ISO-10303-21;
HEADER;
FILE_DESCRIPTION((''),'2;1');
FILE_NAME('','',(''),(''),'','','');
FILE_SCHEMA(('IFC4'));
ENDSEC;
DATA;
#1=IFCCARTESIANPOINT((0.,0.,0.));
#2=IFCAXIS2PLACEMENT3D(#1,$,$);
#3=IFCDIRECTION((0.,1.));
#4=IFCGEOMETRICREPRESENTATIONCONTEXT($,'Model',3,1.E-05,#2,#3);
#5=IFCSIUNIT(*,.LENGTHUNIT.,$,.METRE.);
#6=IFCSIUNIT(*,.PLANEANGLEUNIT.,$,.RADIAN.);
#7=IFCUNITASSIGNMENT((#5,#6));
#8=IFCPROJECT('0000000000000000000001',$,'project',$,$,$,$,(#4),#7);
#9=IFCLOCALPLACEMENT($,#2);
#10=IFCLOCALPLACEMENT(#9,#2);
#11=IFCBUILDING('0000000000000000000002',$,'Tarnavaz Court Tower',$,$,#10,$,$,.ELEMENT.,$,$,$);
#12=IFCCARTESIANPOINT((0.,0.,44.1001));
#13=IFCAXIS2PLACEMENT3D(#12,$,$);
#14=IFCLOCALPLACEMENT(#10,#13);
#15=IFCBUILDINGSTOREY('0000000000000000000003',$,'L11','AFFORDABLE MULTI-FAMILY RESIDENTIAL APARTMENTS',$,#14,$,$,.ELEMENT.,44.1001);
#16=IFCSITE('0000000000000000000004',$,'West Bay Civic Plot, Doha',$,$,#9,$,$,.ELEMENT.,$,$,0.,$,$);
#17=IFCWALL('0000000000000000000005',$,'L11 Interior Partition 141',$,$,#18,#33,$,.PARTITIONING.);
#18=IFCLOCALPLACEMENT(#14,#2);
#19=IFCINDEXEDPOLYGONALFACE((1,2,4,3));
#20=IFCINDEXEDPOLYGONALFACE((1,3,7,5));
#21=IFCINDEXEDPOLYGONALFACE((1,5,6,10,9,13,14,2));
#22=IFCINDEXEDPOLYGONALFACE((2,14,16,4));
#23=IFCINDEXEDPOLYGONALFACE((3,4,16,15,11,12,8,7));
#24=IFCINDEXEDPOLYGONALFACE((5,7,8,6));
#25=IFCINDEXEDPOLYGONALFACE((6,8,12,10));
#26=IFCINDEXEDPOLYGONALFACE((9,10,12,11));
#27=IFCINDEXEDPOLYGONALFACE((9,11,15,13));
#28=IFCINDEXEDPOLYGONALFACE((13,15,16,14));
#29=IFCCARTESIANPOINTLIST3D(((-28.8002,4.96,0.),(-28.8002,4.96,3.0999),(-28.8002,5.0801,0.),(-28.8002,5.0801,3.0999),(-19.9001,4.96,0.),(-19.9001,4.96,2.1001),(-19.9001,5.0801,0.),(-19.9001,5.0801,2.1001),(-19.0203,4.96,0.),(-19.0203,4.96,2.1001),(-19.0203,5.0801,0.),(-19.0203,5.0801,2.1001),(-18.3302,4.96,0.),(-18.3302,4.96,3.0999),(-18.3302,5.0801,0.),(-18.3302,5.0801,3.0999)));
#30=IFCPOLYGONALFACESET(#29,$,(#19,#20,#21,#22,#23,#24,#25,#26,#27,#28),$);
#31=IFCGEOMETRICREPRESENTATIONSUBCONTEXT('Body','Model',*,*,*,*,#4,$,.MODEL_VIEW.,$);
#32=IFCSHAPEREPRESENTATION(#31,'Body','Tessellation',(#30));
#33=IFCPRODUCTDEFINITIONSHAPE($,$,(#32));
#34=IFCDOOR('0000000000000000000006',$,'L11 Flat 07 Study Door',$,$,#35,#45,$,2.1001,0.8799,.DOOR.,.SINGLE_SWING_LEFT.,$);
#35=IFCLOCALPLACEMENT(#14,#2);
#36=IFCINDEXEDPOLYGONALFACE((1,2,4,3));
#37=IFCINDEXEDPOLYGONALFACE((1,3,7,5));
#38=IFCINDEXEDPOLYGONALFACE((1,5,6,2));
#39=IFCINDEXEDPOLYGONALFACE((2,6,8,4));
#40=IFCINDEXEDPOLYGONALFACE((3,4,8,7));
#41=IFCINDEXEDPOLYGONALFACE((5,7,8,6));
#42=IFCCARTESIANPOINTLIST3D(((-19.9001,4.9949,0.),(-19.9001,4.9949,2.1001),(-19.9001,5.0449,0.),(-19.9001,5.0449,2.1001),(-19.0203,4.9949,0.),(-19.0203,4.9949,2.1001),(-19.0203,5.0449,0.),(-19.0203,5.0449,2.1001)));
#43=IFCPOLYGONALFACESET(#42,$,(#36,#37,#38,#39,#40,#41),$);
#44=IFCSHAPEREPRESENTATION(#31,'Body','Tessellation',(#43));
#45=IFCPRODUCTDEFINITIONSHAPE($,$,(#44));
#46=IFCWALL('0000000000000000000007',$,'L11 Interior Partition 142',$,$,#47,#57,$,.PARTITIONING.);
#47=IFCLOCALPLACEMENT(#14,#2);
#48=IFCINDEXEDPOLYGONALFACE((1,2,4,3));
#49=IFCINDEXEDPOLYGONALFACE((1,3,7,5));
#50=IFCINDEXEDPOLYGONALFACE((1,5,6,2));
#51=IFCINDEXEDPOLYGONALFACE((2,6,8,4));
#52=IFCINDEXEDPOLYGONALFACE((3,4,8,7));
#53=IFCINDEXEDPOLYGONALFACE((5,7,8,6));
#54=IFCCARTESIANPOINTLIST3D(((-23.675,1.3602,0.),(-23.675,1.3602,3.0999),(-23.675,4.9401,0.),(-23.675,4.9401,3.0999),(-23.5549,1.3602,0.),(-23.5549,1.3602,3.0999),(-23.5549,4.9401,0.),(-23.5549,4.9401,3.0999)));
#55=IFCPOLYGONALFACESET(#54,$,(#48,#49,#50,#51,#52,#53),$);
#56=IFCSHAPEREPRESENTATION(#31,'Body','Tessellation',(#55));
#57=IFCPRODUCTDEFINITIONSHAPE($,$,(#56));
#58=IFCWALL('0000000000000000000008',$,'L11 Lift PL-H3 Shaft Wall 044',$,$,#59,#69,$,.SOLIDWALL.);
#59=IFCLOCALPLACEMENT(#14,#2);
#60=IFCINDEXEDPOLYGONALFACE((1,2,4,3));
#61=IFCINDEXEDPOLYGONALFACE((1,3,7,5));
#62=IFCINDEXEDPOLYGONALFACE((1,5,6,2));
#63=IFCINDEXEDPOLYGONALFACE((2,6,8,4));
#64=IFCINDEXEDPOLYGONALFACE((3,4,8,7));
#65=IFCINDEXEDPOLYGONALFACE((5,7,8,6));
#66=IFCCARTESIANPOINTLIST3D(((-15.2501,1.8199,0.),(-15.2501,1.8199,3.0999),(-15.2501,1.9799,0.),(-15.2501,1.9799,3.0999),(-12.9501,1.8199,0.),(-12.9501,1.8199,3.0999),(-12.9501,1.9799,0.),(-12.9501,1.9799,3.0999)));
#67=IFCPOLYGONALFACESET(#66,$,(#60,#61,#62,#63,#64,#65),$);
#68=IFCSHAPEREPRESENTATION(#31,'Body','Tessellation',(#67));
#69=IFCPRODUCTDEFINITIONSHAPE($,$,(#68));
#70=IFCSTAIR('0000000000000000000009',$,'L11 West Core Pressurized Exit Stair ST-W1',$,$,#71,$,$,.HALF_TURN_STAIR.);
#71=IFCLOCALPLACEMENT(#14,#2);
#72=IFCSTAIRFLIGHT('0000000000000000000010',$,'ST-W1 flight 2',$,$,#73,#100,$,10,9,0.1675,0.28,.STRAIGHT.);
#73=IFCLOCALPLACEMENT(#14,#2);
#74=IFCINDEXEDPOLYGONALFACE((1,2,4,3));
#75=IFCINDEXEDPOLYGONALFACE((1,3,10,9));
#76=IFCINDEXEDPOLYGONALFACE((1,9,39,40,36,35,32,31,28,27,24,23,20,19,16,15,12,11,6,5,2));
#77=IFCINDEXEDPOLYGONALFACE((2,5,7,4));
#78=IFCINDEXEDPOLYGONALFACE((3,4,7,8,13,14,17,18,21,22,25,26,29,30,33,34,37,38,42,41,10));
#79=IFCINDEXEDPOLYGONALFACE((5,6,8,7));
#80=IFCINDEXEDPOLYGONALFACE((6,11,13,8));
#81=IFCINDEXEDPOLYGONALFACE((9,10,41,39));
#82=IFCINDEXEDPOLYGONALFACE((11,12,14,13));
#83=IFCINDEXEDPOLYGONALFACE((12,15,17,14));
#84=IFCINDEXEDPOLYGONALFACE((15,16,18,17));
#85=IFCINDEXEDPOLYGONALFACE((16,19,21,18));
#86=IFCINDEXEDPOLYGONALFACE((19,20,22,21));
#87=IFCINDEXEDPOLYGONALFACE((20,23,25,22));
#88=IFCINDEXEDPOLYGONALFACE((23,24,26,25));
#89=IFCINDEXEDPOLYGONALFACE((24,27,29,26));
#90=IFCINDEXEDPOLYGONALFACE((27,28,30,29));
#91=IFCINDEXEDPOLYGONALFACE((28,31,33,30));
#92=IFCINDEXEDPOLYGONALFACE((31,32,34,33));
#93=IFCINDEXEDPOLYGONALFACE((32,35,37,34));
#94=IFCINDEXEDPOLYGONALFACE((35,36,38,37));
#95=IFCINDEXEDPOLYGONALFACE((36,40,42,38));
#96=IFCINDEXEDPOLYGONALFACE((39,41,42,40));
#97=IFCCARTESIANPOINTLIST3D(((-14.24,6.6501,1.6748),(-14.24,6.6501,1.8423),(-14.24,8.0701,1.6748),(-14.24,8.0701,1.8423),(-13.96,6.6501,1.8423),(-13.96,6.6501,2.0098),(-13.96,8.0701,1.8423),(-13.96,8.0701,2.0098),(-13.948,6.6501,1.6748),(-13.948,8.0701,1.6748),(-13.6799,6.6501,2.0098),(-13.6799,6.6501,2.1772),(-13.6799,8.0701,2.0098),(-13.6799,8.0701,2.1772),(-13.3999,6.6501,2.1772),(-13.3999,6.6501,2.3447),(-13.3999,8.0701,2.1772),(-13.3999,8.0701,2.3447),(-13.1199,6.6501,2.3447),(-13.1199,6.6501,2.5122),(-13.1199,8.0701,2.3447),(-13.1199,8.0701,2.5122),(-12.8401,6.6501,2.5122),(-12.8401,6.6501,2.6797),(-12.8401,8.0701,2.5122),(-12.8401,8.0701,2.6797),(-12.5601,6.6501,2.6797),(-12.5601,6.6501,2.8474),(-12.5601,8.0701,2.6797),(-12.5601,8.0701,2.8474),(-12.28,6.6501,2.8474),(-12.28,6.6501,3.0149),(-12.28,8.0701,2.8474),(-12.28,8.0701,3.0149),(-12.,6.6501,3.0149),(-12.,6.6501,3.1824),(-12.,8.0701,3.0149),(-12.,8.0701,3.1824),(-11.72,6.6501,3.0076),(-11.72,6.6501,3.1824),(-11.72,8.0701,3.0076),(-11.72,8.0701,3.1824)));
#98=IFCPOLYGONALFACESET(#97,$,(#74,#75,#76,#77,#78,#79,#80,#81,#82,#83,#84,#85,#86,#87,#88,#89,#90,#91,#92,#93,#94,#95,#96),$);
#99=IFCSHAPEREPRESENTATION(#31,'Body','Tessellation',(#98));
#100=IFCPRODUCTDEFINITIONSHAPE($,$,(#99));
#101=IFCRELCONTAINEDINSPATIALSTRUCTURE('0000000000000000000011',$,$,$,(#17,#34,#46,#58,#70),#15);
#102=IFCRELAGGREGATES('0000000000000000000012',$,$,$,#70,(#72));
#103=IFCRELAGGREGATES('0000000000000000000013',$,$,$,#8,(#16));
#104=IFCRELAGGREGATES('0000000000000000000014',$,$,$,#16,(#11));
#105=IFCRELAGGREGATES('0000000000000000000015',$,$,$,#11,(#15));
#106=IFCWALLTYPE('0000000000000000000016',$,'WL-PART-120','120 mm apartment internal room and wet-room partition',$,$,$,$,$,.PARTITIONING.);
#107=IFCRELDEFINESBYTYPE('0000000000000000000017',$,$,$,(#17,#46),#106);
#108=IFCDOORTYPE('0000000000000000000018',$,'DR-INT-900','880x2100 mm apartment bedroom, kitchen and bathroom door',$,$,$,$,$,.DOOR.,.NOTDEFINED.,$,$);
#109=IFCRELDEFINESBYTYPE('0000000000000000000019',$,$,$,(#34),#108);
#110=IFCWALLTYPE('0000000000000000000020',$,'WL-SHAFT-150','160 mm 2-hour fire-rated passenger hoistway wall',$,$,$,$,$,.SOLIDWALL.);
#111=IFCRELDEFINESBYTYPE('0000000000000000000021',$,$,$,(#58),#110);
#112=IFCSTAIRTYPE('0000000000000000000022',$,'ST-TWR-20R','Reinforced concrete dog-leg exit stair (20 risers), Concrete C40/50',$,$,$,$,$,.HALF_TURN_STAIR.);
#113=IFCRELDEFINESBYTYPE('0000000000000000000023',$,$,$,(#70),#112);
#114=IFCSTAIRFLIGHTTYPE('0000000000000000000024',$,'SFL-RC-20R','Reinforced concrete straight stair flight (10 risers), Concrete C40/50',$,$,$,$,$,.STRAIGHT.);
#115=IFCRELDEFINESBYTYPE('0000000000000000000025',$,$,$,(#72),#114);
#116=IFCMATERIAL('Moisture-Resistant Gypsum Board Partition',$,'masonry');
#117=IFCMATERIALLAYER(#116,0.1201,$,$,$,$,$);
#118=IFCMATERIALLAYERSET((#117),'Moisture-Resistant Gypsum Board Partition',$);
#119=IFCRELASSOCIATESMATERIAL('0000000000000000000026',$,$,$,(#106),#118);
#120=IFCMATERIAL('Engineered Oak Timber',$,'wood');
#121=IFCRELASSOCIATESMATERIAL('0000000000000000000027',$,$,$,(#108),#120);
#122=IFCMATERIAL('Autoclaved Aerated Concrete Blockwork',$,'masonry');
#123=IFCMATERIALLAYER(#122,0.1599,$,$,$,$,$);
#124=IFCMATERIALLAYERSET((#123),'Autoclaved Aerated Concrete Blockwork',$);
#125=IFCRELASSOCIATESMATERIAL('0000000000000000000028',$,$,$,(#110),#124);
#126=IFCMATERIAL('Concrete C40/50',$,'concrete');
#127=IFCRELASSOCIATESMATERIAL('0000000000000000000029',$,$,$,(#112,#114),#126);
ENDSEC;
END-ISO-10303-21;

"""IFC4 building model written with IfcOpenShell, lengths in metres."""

from ifc_helpers import new_model, si_unit, direction, frame, frame_2d, origin, place, context, subcontext, project, spatial, polyline, rectangle, outline, extrude, material, layer, layer_set, type_object, element, fill, aggregate, save


model = new_model("IFC4")

# Units and contexts
model_context = context("Model", 3, precision=1e-05, world=origin(), true_north=direction((0.0, 1.0)))
body_context = subcontext(model_context, "Body", "Model", "MODEL_VIEW")
ifc_project = project(units=[si_unit("LENGTHUNIT", "METRE"), si_unit("PLANEANGLEUNIT", "RADIAN")], contexts=[model_context])

# Site, building, storey
site_placement = place(None, origin())
site = spatial("IfcSite", under=ifc_project, at=site_placement, Name="West Bay Civic Plot, Doha", CompositionType="ELEMENT", RefElevation=0.0)
building_placement = place(site_placement, origin())
building = spatial("IfcBuilding", under=site, at=building_placement, Name="Tarnavaz Court Tower", CompositionType="ELEMENT")
storey_placement = place(building_placement, frame((0.0, 0.0, 44.1001)))
storey = spatial("IfcBuildingStorey", under=building, at=storey_placement, Name="L11", Description="AFFORDABLE MULTI-FAMILY RESIDENTIAL APARTMENTS", CompositionType="ELEMENT", Elevation=44.1001)

# Shared definitions
ifc_material_1 = material(Name="Autoclaved Aerated Concrete Blockwork", Category="masonry")

# Shared definitions
ifc_material_2 = material(Name="Moisture-Resistant Gypsum Board Partition", Category="masonry")
ifc_layer_1 = layer(ifc_material_2, 0.1201)
ifc_layer_set_1 = layer_set([ifc_layer_1], Name="Moisture-Resistant Gypsum Board Partition")
wall_type_1 = type_object("IfcWallType", Name="WL-PART-120", Description="120 mm apartment internal room and wet-room partition", PredefinedType="PARTITIONING", material=ifc_layer_set_1)
ifc_material_3 = material(Name="Engineered Oak Timber", Category="wood")
door_type_1 = type_object("IfcDoorType", Name="DR-INT-900", Description="880x2100 mm apartment bedroom, kitchen and bathroom door", OperationType="NOTDEFINED", PredefinedType="DOOR", material=ifc_material_3)

# Wall, opening, door
wall_1_placement = place(storey_placement, frame((-28.8, 5.02, 0.0), z_axis=(0.0, 0.0, 1.0), x_axis=(1.0, 0.0, 0.0)))
wall_1 = element("IfcWall", 1, at=wall_1_placement, inside=storey, type_object=wall_type_1, Name="L11 Interior Partition 141", PredefinedType="PARTITIONING", context=body_context, shape_type="SweptSolid", body=[
    extrude(rectangle(XDim=10.47, YDim=0.1201, at=frame_2d((5.2349, 0.0))), origin(), (0.0, 0.0, 1.0), 3.0999),
])
opening_1_placement = place(wall_1_placement, frame((8.8999, 0.0, 0.0)))
opening_1 = element("IfcOpeningElement", 2, at=opening_1_placement, cuts=wall_1, PredefinedType="OPENING", context=body_context, shape_type="SweptSolid", body=[
    extrude(rectangle(XDim=0.8799, YDim=2.1001, at=frame_2d((0.4399, 1.05))), frame((0.0, 0.0701, 0.0), z_axis=(0.0, -1.0, 0.0), x_axis=(1.0, 0.0, 0.0)), (0.0, 0.0, 1.0), 0.1401),
])
door_1_placement = place(opening_1_placement, origin())
door_1 = element("IfcDoor", 3, at=door_1_placement, inside=storey, type_object=door_type_1, Name="L11 Flat 07 Study Door", OperationType="SINGLE_SWING_LEFT", OverallHeight=2.1001, OverallWidth=0.8799, PredefinedType="DOOR", context=body_context, shape_type="SweptSolid", body=[
    extrude(rectangle(XDim=0.8799, YDim=2.1001, at=frame_2d((0.4399, 1.05))), frame((0.0, 0.0249, 0.0), z_axis=(0.0, -1.0, 0.0), x_axis=(1.0, 0.0, 0.0)), (0.0, 0.0, 1.0), 0.05),
])
fill(opening_1, door_1)

# Walls
wall_2_placement = place(storey_placement, frame((-23.615, 1.3601, 0.0), z_axis=(0.0, 0.0, 1.0), x_axis=(0.0, 1.0, 0.0)))
element("IfcWall", 4, at=wall_2_placement, inside=storey, type_object=wall_type_1, Name="L11 Interior Partition 142", PredefinedType="PARTITIONING", context=body_context, shape_type="SweptSolid", body=[
    extrude(rectangle(XDim=3.5798, YDim=0.1201, at=frame_2d((1.79, 0.0))), origin(), (0.0, 0.0, 1.0), 3.0999),
])
ifc_layer_2 = layer(ifc_material_1, 0.1599)
ifc_layer_set_2 = layer_set([ifc_layer_2], Name="Autoclaved Aerated Concrete Blockwork")
wall_type_2 = type_object("IfcWallType", Name="WL-SHAFT-150", Description="160 mm 2-hour fire-rated passenger hoistway wall", PredefinedType="SOLIDWALL", material=ifc_layer_set_2)
wall_3_placement = place(storey_placement, frame((-15.25, 1.8999, 0.0), z_axis=(0.0, 0.0, 1.0), x_axis=(1.0, 0.0, 0.0)))
element("IfcWall", 5, at=wall_3_placement, inside=storey, type_object=wall_type_2, Name="L11 Lift PL-H3 Shaft Wall 044", PredefinedType="SOLIDWALL", context=body_context, shape_type="SweptSolid", body=[
    extrude(rectangle(XDim=2.3, YDim=0.1599, at=frame_2d((1.1499, 0.0))), origin(), (0.0, 0.0, 1.0), 3.0999),
])

# Stair, stair flight
ifc_material_4 = material(Name="Concrete C40/50", Category="concrete")
stair_type = type_object("IfcStairType", Name="ST-TWR-20R", Description="Reinforced concrete dog-leg exit stair (20 risers), Concrete C40/50", PredefinedType="HALF_TURN_STAIR", material=ifc_material_4)
stair_placement = place(storey_placement, origin())
stair = element("IfcStair", 6, at=stair_placement, inside=storey, type_object=stair_type, Name="L11 West Core Pressurized Exit Stair ST-W1", PredefinedType="HALF_TURN_STAIR")
stair_flight_type = type_object("IfcStairFlightType", Name="SFL-RC-20R", Description="Reinforced concrete straight stair flight (10 risers), Concrete C40/50", PredefinedType="STRAIGHT", material=ifc_material_4)
stair_flight_placement = place(storey_placement, frame((-14.24, 7.3601, 1.6748), z_axis=(0.0, 0.0, 1.0), x_axis=(1.0, 0.0, 0.0)))
stair_flight = element("IfcStairFlight", 7, at=stair_flight_placement, type_object=stair_flight_type, Name="ST-W1 flight 2", NumberOfRisers=10, NumberOfTreads=9, PredefinedType="STRAIGHT", RiserHeight=0.1675, TreadLength=0.28, context=body_context, shape_type="SweptSolid", body=[
    extrude(outline(polyline([(0.0, 0.0), (0.0, 0.1675), (0.28, 0.1675), (0.28, 0.335), (0.5601, 0.335), (0.5601, 0.5024), (0.8401, 0.5024), (0.8401, 0.6699), (1.1201, 0.6699), (1.1201, 0.8374), (1.3999, 0.8374), (1.3999, 1.0049), (1.6799, 1.0049), (1.6799, 1.1726), (1.96, 1.1726), (1.96, 1.3401), (2.24, 1.3401), (2.24, 1.5076), (2.52, 1.5076), (2.52, 1.675), (2.52, 1.3328), (0.292, 0.0), (0.0, 0.0)])), frame((0.0, 0.71, 0.0), z_axis=(0.0, -1.0, 0.0), x_axis=(1.0, 0.0, 0.0)), (0.0, 0.0, 1.0), 1.4199),
])
aggregate(stair, [stair_flight])

save(model, "model.ifc")
